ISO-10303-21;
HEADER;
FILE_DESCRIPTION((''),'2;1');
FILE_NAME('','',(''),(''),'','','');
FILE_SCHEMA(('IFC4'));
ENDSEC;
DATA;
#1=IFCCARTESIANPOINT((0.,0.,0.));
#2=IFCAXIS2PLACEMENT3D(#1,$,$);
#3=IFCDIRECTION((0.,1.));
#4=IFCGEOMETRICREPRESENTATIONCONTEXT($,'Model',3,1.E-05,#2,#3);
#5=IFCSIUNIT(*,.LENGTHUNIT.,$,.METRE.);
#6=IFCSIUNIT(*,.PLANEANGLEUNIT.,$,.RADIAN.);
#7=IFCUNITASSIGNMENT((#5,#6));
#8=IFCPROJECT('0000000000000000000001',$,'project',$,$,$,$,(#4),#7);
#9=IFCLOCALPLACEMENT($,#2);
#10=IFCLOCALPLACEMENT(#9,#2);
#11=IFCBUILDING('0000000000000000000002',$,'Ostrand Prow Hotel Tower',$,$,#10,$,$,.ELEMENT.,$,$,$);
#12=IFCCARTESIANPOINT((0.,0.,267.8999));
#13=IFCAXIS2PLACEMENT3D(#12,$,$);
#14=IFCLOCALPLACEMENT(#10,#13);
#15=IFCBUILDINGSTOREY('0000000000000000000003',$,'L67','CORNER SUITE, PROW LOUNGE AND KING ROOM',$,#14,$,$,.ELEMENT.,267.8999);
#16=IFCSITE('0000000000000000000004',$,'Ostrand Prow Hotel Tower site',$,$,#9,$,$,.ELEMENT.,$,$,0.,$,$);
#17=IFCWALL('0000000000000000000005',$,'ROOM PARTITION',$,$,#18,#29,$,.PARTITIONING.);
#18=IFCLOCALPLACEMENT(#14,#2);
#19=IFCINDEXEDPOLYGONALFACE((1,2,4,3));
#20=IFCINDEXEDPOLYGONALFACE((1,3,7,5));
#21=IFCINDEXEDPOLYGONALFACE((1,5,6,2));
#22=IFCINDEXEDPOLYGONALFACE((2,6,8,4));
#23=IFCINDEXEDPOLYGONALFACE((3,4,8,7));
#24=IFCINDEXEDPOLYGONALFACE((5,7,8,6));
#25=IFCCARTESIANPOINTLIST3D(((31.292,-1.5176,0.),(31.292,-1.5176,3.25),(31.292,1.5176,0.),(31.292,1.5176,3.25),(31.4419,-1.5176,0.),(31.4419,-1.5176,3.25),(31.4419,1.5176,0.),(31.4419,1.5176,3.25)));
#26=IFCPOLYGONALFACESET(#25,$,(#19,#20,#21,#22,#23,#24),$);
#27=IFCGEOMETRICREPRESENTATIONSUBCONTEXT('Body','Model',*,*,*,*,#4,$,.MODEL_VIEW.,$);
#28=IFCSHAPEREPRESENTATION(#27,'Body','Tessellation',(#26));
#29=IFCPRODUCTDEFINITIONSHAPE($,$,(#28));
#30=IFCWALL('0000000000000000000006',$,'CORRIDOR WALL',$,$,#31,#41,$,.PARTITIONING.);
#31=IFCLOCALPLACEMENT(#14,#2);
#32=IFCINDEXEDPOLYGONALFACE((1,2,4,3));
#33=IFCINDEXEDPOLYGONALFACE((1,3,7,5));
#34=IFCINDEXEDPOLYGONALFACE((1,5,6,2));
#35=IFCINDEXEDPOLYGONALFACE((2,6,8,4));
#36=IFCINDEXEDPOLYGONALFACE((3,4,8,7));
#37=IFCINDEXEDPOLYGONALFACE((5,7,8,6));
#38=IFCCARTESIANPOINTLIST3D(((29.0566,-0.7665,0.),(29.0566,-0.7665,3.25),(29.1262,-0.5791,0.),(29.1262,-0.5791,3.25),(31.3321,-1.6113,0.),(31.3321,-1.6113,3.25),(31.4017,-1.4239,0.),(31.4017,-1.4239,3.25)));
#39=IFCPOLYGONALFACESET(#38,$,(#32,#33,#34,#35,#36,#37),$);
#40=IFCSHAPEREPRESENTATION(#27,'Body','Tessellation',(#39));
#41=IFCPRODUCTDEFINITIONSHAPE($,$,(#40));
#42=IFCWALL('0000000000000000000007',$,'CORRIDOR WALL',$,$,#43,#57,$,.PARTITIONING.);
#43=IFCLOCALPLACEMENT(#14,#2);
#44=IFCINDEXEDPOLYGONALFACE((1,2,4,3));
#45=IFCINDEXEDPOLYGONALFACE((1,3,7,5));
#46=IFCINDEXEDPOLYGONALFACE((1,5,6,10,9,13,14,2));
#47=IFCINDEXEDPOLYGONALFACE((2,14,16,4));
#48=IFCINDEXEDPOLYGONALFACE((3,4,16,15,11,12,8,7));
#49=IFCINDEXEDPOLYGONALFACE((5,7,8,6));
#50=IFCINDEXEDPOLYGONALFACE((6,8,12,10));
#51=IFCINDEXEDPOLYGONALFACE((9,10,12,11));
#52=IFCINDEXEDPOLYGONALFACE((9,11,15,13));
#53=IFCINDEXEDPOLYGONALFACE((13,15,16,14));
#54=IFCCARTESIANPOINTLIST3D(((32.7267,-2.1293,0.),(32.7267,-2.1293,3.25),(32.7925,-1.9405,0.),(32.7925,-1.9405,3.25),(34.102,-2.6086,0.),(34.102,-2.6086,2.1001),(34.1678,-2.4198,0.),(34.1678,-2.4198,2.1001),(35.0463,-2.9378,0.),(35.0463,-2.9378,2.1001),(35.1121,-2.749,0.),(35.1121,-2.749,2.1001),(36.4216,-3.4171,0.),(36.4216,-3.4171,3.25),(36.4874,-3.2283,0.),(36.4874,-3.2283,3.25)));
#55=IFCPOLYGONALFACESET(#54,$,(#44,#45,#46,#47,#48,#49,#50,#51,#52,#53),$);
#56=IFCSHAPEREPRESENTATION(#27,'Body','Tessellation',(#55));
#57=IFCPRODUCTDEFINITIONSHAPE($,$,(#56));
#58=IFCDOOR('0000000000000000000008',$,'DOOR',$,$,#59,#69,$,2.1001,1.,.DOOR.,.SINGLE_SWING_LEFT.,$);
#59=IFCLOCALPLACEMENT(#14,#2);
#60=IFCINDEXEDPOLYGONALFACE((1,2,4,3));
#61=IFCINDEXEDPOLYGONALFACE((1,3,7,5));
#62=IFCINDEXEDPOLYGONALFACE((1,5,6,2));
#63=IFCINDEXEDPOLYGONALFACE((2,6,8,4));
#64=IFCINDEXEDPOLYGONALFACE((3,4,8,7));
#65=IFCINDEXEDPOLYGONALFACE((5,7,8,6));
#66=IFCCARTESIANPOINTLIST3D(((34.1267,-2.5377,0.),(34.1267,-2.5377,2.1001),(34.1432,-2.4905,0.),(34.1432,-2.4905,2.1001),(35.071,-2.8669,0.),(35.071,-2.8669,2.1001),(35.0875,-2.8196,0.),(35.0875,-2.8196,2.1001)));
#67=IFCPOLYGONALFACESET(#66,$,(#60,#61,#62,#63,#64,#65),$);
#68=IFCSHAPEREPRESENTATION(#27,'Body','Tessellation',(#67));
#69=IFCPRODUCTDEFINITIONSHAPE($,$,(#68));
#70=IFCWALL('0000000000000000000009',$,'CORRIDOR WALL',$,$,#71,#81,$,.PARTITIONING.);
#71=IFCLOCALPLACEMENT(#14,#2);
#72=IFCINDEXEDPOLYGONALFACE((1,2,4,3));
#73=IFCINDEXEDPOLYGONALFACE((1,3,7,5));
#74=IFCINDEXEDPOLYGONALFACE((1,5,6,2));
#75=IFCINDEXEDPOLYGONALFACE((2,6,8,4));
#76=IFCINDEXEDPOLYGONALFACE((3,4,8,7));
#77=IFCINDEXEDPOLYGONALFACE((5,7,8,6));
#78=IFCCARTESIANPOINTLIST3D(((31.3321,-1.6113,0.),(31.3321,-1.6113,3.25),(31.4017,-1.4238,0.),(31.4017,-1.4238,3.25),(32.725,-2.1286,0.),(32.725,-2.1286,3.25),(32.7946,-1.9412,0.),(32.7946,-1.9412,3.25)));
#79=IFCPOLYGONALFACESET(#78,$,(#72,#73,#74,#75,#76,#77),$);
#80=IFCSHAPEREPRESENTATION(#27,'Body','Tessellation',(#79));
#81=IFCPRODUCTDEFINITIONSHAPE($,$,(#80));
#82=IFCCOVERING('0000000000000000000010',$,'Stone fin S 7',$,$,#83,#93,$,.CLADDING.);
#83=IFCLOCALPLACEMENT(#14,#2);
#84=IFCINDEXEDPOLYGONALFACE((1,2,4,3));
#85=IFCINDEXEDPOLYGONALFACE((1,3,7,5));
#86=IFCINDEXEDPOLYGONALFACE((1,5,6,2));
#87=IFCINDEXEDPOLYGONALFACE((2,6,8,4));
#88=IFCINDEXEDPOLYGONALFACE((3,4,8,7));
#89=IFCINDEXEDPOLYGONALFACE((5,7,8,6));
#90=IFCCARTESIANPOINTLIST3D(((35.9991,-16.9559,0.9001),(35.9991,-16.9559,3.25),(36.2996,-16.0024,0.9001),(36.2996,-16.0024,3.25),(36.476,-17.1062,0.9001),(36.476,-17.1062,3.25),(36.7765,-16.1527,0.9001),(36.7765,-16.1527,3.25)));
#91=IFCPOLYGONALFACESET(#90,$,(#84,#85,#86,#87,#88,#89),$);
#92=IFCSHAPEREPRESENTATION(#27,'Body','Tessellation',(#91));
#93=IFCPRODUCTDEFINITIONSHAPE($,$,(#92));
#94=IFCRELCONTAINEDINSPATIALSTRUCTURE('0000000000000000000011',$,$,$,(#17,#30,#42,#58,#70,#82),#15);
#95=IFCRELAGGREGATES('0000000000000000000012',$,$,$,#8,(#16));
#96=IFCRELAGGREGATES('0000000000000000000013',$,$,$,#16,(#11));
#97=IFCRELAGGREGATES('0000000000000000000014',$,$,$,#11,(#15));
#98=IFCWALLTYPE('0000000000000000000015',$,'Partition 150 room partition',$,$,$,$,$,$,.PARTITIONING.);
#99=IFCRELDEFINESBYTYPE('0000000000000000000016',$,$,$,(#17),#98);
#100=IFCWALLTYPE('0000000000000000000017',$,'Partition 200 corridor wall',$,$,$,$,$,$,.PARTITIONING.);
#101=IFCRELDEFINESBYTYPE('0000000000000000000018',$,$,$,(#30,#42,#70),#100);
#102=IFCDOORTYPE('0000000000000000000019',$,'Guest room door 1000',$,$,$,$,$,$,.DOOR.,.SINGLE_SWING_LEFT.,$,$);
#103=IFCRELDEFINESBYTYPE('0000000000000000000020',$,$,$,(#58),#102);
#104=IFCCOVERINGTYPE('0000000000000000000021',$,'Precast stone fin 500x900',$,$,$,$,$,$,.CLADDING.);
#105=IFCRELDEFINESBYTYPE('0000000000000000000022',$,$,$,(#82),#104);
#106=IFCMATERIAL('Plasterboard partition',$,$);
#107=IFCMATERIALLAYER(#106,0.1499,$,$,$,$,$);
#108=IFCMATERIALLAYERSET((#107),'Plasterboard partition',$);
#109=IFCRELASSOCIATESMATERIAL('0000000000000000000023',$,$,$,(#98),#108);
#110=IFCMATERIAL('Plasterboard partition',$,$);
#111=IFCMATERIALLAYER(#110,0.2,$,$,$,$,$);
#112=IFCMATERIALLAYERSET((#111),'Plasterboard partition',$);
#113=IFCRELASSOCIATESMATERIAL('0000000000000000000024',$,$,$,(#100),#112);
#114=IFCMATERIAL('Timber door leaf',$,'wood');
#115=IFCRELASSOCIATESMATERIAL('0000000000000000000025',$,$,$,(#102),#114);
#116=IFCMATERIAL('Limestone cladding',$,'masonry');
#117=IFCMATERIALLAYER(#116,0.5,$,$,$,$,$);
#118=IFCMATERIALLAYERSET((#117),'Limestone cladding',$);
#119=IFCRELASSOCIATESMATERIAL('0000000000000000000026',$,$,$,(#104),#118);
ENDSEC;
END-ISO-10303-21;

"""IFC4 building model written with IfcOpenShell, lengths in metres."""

from ifc_helpers import new_model, si_unit, direction, frame, frame_2d, origin, place, context, subcontext, project, spatial, rectangle, extrude, material, layer, layer_set, type_object, element, fill, save


model = new_model("IFC4")

# Units and contexts
model_context = context("Model", 3, precision=1e-05, world=origin(), true_north=direction((0.0, 1.0)))
body_context = subcontext(model_context, "Body", "Model", "MODEL_VIEW")
ifc_project = project(units=[si_unit("LENGTHUNIT", "METRE"), si_unit("PLANEANGLEUNIT", "RADIAN")], contexts=[model_context])

# Site, building, storey
site_placement = place(None, origin())
site = spatial("IfcSite", under=ifc_project, at=site_placement, Name="Ostrand Prow Hotel Tower site", CompositionType="ELEMENT", RefElevation=0.0)
building_placement = place(site_placement, origin())
building = spatial("IfcBuilding", under=site, at=building_placement, Name="Ostrand Prow Hotel Tower", CompositionType="ELEMENT")
storey_placement = place(building_placement, frame((0.0, 0.0, 267.8999)))
storey = spatial("IfcBuildingStorey", under=building, at=storey_placement, Name="L67", Description="CORNER SUITE, PROW LOUNGE AND KING ROOM", CompositionType="ELEMENT", Elevation=267.8999)

# Walls
ifc_material_1 = material(Name="Plasterboard partition")
ifc_layer_1 = layer(ifc_material_1, 0.1499)
ifc_layer_set_1 = layer_set([ifc_layer_1], Name="Plasterboard partition")
wall_type_1 = type_object("IfcWallType", Name="Partition 150 room partition", PredefinedType="PARTITIONING", material=ifc_layer_set_1)
wall_1_placement = place(storey_placement, frame((31.3669, -1.5176, 0.0), z_axis=(0.0, 0.0, 1.0), x_axis=(0.0, 1.0, 0.0)))
element("IfcWall", 1, at=wall_1_placement, inside=storey, type_object=wall_type_1, Name="ROOM PARTITION", PredefinedType="PARTITIONING", context=body_context, shape_type="SweptSolid", body=[
    extrude(rectangle(XDim=3.0352, YDim=0.1499, at=frame_2d((1.5176, 0.0))), origin(), (0.0, 0.0, 1.0), 3.25),
])
ifc_material_2 = material(Name="Plasterboard partition")
ifc_layer_2 = layer(ifc_material_2, 0.2)
ifc_layer_set_2 = layer_set([ifc_layer_2], Name="Plasterboard partition")
wall_type_2 = type_object("IfcWallType", Name="Partition 200 corridor wall", PredefinedType="PARTITIONING", material=ifc_layer_set_2)
wall_2_placement = place(storey_placement, frame((31.3669, -1.5176, 0.0), z_axis=(0.0, 0.0, 1.0), x_axis=(-0.937482, 0.348035, 0.0)))
element("IfcWall", 2, at=wall_2_placement, inside=storey, type_object=wall_type_2, Name="CORRIDOR WALL", PredefinedType="PARTITIONING", context=body_context, shape_type="SweptSolid", body=[
    extrude(rectangle(XDim=2.4272, YDim=0.2, at=frame_2d((1.2136, 0.0))), origin(), (0.0, 0.0, 1.0), 3.25),
])

# Wall, opening, door
wall_3_placement = place(storey_placement, frame((36.4546, -3.3228, 0.0), z_axis=(0.0, 0.0, 1.0), x_axis=(-0.944284, 0.329133, 0.0)))
wall_3 = element("IfcWall", 3, at=wall_3_placement, inside=storey, type_object=wall_type_2, Name="CORRIDOR WALL", PredefinedType="PARTITIONING", context=body_context, shape_type="SweptSolid", body=[
    extrude(rectangle(XDim=3.9128, YDim=0.2, at=frame_2d((1.9565, 0.0))), origin(), (0.0, 0.0, 1.0), 3.25),
])
opening_1_placement = place(wall_3_placement, frame((1.4565, 0.0, 0.0)))
opening_1 = element("IfcOpeningElement", 4, at=opening_1_placement, cuts=wall_3, PredefinedType="OPENING", context=body_context, shape_type="SweptSolid", body=[
    extrude(rectangle(XDim=1.0, YDim=2.1001, at=frame_2d((0.5, 1.05))), frame((0.0, 0.1099, 0.0), z_axis=(0.0, -1.0, 0.0), x_axis=(1.0, 0.0, 0.0)), (0.0, 0.0, 1.0), 0.22),
])
ifc_material_3 = material(Name="Timber door leaf", Category="wood")
door_type_1 = type_object("IfcDoorType", Name="Guest room door 1000", OperationType="SINGLE_SWING_LEFT", PredefinedType="DOOR", material=ifc_material_3)
door_1_placement = place(opening_1_placement, origin())
door_1 = element("IfcDoor", 5, at=door_1_placement, inside=storey, type_object=door_type_1, Name="DOOR", OperationType="SINGLE_SWING_LEFT", OverallHeight=2.1001, OverallWidth=1.0, PredefinedType="DOOR", context=body_context, shape_type="SweptSolid", body=[
    extrude(rectangle(XDim=1.0, YDim=2.1001, at=frame_2d((0.5, 1.05))), frame((0.0, 0.0249, 0.0), z_axis=(0.0, -1.0, 0.0), x_axis=(1.0, 0.0, 0.0)), (0.0, 0.0, 1.0), 0.05),
])
fill(opening_1, door_1)

# Wall
wall_4_placement = place(storey_placement, frame((32.7598, -2.0349, 0.0), z_axis=(0.0, 0.0, 1.0), x_axis=(-0.937425, 0.348187, 0.0)))
element("IfcWall", 6, at=wall_4_placement, inside=storey, type_object=wall_type_2, Name="CORRIDOR WALL", PredefinedType="PARTITIONING", context=body_context, shape_type="SweptSolid", body=[
    extrude(rectangle(XDim=1.4858, YDim=0.2, at=frame_2d((0.7429, 0.0))), origin(), (0.0, 0.0, 1.0), 3.25),
])

# Covering
ifc_material_4 = material(Name="Limestone cladding", Category="masonry")
ifc_layer_3 = layer(ifc_material_4, 0.5)
ifc_layer_set_3 = layer_set([ifc_layer_3], Name="Limestone cladding")
covering_type = type_object("IfcCoveringType", Name="Precast stone fin 500x900", PredefinedType="CLADDING", material=ifc_layer_set_3)
covering_placement = place(storey_placement, frame((36.5381, -16.0774, 0.9001), z_axis=(0.0, 0.0, 1.0), x_axis=(-0.300582, -0.953756, 0.0)))
element("IfcCovering", 7, at=covering_placement, inside=storey, type_object=covering_type, Name="Stone fin S 7", PredefinedType="CLADDING", context=body_context, shape_type="SweptSolid", body=[
    extrude(rectangle(XDim=0.9998, YDim=0.5, at=frame_2d((0.5, 0.0))), origin(), (0.0, 0.0, 1.0), 2.3499),
])

save(model, "model.ifc")
